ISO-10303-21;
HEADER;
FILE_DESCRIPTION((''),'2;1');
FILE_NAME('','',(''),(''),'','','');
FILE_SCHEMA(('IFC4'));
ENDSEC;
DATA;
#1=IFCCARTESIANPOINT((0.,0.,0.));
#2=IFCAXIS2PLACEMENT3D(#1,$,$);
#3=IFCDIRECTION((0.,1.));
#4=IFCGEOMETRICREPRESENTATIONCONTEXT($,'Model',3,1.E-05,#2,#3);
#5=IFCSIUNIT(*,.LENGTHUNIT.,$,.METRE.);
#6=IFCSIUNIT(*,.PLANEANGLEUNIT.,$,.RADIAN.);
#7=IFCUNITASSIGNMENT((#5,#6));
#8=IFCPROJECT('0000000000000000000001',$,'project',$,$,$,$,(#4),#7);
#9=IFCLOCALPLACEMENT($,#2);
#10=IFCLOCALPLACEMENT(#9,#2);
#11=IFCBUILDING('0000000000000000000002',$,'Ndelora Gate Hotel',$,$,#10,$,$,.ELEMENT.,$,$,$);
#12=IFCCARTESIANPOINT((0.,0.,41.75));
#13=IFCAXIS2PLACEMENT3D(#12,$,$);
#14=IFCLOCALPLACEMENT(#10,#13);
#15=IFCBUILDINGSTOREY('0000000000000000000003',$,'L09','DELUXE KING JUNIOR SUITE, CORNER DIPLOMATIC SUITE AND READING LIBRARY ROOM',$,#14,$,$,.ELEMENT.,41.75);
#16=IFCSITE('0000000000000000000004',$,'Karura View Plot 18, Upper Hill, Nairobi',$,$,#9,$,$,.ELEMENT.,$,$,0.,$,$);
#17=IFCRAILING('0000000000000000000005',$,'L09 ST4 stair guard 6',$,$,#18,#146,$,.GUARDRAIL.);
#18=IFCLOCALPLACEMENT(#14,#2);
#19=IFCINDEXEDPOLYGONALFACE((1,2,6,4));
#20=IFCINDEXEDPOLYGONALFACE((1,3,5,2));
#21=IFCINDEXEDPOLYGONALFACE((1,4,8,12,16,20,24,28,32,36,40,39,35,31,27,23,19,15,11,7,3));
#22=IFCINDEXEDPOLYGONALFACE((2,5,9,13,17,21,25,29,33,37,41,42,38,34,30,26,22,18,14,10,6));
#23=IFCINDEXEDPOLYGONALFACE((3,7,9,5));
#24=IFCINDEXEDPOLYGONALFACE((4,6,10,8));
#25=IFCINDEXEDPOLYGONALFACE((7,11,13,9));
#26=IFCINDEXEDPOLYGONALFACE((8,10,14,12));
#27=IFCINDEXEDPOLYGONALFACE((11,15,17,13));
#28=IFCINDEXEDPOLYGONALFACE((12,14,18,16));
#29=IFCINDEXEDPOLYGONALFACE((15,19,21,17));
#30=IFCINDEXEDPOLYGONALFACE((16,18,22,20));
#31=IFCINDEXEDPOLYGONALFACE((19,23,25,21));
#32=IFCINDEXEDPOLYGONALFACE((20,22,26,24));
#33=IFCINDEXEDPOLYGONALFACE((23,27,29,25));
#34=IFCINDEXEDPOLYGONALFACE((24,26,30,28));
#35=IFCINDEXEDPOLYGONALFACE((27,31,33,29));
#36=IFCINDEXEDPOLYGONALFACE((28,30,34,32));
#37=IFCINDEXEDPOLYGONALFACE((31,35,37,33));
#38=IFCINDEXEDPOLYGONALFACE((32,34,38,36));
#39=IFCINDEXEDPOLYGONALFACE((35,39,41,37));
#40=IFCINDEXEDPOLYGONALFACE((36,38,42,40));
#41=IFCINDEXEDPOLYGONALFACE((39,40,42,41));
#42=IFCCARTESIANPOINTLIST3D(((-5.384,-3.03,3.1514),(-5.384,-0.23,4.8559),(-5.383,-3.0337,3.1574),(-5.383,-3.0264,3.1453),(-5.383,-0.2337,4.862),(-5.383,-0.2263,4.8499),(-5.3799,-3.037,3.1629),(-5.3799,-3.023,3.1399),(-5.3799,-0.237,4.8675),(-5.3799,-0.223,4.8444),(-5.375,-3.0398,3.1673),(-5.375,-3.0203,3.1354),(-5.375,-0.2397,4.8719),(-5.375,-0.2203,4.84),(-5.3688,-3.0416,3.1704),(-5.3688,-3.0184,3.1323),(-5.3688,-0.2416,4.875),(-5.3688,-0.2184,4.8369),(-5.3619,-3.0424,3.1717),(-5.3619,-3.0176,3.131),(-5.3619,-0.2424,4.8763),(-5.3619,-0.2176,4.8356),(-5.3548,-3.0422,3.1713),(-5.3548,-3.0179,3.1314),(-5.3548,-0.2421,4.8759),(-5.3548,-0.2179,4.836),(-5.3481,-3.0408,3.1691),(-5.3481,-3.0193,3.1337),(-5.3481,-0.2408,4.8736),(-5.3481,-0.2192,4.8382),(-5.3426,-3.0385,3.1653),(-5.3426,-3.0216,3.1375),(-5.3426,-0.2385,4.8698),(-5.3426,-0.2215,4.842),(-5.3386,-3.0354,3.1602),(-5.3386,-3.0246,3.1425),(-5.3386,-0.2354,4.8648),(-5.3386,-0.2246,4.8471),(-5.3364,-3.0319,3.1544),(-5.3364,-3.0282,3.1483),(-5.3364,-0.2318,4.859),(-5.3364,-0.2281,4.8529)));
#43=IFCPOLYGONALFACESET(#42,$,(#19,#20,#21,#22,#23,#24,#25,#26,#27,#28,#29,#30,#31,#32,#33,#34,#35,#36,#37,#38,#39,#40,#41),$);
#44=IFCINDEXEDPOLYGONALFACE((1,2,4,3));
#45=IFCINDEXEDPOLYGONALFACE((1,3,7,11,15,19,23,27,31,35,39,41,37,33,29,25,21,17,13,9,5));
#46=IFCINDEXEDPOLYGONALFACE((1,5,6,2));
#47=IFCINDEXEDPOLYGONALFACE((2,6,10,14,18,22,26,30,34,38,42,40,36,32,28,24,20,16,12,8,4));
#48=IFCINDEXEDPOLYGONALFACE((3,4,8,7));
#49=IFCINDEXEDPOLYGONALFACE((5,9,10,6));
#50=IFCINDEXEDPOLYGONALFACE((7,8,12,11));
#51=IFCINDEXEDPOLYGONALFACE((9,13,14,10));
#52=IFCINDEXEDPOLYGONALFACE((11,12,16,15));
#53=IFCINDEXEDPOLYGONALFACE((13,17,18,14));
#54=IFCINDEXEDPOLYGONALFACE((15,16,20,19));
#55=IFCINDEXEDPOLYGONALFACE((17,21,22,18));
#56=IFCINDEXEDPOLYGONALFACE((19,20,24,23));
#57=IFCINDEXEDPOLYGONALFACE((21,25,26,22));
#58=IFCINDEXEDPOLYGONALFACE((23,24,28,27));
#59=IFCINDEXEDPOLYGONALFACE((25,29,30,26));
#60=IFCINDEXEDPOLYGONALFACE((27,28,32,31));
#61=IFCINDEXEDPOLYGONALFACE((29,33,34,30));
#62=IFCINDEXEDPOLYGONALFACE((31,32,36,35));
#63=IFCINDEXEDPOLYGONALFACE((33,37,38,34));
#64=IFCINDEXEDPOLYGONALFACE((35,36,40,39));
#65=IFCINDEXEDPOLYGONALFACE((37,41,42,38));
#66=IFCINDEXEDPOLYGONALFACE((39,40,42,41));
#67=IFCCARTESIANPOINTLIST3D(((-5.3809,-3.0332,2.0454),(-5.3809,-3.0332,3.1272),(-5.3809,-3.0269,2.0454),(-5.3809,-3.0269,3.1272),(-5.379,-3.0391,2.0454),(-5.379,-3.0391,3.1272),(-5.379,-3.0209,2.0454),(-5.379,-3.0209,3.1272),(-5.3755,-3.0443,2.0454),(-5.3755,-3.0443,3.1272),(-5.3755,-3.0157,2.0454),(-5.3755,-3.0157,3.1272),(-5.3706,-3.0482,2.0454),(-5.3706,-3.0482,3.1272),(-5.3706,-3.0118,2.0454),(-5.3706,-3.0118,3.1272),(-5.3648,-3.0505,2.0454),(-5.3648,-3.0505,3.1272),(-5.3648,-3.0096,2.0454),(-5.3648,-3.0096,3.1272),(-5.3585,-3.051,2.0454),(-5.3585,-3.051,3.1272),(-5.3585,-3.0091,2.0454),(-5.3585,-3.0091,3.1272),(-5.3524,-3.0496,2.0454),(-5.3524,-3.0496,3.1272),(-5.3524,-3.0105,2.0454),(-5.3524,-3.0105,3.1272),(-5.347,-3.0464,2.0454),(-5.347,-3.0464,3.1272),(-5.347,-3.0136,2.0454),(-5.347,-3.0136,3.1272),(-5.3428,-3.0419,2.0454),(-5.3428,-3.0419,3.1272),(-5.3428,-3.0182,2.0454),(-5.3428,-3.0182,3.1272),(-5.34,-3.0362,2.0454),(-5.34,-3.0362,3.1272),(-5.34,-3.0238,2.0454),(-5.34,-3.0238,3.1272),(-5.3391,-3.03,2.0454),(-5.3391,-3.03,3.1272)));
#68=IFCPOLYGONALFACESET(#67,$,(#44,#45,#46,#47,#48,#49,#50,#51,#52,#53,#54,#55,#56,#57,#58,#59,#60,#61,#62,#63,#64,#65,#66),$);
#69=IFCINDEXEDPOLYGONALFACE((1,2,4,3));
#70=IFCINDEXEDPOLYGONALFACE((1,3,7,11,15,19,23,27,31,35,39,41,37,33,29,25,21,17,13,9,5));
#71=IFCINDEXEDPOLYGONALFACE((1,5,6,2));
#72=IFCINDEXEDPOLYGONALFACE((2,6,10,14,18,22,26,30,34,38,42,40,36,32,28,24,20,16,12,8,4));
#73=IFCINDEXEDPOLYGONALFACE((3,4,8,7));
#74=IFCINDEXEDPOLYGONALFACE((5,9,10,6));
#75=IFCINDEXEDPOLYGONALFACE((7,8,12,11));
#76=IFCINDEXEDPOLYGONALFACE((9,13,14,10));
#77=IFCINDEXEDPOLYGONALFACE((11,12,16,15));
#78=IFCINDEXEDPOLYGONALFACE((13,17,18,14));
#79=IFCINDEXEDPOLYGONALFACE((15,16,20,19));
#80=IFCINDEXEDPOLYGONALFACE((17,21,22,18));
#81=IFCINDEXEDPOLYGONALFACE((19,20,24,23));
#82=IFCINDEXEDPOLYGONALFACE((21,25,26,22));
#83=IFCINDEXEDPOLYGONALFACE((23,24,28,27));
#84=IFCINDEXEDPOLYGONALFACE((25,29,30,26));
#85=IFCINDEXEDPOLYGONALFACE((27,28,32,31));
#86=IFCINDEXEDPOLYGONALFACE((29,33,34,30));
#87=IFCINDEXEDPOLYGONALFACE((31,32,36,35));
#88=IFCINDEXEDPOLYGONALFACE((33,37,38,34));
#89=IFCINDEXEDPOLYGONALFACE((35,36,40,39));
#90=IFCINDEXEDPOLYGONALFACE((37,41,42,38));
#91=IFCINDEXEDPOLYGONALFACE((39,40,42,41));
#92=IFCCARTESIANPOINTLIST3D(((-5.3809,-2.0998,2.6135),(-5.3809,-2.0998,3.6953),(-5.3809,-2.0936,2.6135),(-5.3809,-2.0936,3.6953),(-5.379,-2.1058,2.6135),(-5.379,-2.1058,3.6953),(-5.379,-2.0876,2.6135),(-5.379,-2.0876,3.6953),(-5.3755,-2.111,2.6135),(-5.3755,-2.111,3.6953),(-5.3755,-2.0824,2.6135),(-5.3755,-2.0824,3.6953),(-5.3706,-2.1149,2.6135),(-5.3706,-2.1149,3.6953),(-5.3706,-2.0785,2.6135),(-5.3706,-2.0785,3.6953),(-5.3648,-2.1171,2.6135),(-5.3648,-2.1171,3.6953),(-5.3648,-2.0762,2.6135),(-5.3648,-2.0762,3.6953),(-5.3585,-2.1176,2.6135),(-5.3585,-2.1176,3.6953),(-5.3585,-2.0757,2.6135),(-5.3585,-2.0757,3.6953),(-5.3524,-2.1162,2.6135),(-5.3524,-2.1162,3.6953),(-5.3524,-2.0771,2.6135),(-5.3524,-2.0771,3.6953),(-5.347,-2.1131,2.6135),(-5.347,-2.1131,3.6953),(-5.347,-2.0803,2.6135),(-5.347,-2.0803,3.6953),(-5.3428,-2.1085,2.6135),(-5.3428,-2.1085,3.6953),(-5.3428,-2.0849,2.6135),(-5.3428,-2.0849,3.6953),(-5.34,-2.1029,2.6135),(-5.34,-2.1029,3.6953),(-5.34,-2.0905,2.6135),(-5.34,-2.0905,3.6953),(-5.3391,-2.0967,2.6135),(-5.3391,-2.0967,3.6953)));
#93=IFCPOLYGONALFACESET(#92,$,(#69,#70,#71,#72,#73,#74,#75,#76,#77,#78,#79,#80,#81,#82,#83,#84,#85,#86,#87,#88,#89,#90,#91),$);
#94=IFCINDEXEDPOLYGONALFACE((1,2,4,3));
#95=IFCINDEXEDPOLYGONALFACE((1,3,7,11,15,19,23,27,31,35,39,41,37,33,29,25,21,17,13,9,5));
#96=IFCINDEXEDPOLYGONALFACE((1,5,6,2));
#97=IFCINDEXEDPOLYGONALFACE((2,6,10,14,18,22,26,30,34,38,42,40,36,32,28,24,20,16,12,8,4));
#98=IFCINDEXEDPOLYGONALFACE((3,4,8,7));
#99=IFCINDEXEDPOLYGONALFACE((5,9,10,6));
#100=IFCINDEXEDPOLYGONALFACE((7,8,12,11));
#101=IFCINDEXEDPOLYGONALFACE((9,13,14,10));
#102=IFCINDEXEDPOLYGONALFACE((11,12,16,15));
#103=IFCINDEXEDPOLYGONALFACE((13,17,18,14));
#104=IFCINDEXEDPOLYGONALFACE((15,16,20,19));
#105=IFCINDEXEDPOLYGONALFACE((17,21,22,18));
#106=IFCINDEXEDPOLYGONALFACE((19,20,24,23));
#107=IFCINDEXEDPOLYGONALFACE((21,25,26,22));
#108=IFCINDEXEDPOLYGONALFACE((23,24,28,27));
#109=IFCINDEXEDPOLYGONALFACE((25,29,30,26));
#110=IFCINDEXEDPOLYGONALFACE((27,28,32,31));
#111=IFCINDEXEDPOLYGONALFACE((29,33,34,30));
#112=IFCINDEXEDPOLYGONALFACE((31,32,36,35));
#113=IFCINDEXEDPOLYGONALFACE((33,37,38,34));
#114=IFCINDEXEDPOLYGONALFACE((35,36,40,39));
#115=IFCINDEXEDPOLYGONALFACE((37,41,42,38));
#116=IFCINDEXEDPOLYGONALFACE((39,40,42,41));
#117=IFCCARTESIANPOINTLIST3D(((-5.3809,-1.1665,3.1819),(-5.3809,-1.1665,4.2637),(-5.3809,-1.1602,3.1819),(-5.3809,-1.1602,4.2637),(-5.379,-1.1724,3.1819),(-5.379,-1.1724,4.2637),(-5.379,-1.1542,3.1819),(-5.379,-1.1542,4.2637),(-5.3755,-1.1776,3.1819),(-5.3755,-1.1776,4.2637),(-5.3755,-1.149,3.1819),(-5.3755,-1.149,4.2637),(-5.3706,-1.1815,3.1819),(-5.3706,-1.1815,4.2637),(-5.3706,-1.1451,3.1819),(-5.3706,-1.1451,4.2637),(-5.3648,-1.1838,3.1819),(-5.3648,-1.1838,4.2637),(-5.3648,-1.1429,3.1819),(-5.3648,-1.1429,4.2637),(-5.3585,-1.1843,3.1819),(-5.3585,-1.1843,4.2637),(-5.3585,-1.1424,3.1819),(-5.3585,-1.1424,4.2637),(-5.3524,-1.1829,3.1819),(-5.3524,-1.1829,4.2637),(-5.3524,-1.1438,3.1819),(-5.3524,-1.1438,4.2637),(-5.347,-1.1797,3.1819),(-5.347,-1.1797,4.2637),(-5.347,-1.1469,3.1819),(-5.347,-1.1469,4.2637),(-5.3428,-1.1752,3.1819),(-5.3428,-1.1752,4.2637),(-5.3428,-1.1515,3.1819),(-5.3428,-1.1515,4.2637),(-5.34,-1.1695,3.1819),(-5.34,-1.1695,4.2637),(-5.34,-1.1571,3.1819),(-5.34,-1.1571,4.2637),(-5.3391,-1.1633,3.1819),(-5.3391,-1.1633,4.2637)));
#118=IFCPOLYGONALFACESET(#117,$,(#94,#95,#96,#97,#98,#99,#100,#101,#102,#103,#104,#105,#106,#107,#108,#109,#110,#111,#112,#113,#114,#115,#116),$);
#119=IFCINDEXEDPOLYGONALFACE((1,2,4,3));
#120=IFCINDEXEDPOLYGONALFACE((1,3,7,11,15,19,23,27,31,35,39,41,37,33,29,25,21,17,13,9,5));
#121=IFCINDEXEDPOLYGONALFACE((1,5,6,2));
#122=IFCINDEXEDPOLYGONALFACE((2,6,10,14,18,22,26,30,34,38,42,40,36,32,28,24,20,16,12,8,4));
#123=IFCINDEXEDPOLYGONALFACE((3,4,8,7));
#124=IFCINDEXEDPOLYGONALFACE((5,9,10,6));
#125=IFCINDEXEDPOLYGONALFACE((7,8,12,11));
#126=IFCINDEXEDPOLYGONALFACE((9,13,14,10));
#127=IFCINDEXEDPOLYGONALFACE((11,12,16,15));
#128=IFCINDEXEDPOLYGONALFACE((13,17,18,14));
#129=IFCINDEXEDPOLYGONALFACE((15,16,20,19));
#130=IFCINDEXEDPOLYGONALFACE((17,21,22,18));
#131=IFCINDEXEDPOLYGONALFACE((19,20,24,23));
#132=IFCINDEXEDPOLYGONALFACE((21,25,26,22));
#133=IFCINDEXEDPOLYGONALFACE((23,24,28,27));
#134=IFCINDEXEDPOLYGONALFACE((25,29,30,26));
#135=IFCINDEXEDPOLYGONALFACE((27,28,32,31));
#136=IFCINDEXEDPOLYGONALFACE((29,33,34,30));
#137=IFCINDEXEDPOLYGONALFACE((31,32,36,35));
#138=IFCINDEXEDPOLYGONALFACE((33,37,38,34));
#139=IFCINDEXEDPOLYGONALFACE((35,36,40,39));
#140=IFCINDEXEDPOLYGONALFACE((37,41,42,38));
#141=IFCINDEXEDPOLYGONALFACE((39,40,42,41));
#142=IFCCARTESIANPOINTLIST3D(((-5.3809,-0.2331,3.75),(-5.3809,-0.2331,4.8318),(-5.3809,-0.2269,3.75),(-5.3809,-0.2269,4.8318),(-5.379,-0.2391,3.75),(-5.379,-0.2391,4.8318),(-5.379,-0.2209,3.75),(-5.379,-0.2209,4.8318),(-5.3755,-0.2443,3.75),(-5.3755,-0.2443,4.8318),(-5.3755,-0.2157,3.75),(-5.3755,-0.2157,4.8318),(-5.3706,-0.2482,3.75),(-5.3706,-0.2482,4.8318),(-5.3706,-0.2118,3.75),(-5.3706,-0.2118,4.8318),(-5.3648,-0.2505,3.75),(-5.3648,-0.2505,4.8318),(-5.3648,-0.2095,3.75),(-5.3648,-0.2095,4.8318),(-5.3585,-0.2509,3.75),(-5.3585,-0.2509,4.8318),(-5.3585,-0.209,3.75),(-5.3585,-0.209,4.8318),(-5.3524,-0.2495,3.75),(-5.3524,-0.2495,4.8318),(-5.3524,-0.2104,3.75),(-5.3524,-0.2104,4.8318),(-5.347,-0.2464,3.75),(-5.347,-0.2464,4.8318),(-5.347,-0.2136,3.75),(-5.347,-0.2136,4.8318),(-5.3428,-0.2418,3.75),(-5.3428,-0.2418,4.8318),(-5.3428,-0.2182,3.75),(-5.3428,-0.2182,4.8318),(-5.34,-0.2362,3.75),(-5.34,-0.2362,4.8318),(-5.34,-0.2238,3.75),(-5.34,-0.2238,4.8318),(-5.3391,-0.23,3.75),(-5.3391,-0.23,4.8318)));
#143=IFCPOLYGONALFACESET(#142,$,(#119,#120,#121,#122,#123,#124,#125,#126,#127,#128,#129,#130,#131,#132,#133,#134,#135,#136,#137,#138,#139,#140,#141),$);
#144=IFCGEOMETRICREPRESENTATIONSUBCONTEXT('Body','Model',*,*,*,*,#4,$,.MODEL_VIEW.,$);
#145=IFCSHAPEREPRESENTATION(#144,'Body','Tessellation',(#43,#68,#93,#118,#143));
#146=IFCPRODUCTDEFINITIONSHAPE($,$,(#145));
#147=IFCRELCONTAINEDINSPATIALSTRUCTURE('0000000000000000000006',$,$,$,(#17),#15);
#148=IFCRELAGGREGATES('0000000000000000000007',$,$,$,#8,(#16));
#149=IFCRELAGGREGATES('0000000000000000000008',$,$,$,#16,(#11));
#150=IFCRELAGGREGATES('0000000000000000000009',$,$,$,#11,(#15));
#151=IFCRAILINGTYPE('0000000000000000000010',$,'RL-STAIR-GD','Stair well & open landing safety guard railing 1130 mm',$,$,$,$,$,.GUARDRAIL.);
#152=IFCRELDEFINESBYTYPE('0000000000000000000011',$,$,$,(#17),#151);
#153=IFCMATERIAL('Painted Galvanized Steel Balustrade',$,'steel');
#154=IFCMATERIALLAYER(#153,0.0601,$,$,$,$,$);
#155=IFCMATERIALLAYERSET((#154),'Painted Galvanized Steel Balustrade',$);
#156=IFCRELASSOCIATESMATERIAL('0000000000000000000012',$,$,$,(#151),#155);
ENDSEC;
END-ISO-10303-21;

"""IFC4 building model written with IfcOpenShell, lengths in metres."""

from ifc_helpers import new_model, si_unit, direction, frame, origin, origin_2d, place, context, subcontext, project, spatial, circle, extrude, material, layer, layer_set, type_object, element, save


model = new_model("IFC4")

# Units and contexts
model_context = context("Model", 3, precision=1e-05, world=origin(), true_north=direction((0.0, 1.0)))
body_context = subcontext(model_context, "Body", "Model", "MODEL_VIEW")
ifc_project = project(units=[si_unit("LENGTHUNIT", "METRE"), si_unit("PLANEANGLEUNIT", "RADIAN")], contexts=[model_context])

# Site, building, storey
site_placement = place(None, origin())
site = spatial("IfcSite", under=ifc_project, at=site_placement, Name="Karura View Plot 18, Upper Hill, Nairobi", CompositionType="ELEMENT", RefElevation=0.0)
building_placement = place(site_placement, origin())
building = spatial("IfcBuilding", under=site, at=building_placement, Name="Ndelora Gate Hotel", CompositionType="ELEMENT")
storey_placement = place(building_placement, frame((0.0, 0.0, 41.75)))
storey = spatial("IfcBuildingStorey", under=building, at=storey_placement, Name="L09", Description="DELUXE KING JUNIOR SUITE, CORNER DIPLOMATIC SUITE AND READING LIBRARY ROOM", CompositionType="ELEMENT", Elevation=41.75)

# Railing
ifc_material_1 = material(Name="Painted Galvanized Steel Balustrade", Category="steel")
ifc_layer_1 = layer(ifc_material_1, 0.0601)
ifc_layer_set_1 = layer_set([ifc_layer_1], Name="Painted Galvanized Steel Balustrade")
railing_type = type_object("IfcRailingType", Name="RL-STAIR-GD", Description="Stair well & open landing safety guard railing 1130 mm", PredefinedType="GUARDRAIL", material=ifc_layer_set_1)
railing_1_placement = place(storey_placement, frame((-5.3601, -3.03, 2.0454)))
element("IfcRailing", 1, at=railing_1_placement, inside=storey, type_object=railing_type, Name="L09 ST4 stair guard 6", PredefinedType="GUARDRAIL", context=body_context, shape_type="SweptSolid", body=[
    extrude(circle(Radius=0.0239, at=origin_2d()), frame((0.0, 0.0, 1.106), z_axis=(0.0, 0.85417, 0.519994), x_axis=(-1.0, 0.0, 0.0)), (0.0, 0.0, 1.0), 3.2781),
    extrude(circle(Radius=0.021, at=origin_2d()), origin(), (0.0, 0.0, 1.0), 1.0818),
    extrude(circle(Radius=0.021, at=origin_2d()), frame((0.0, 0.9333, 0.5681)), (0.0, 0.0, 1.0), 1.0818),
    extrude(circle(Radius=0.021, at=origin_2d()), frame((0.0, 1.8667, 1.1365)), (0.0, 0.0, 1.0), 1.0818),
    extrude(circle(Radius=0.021, at=origin_2d()), frame((0.0, 2.8, 1.7046)), (0.0, 0.0, 1.0), 1.0818),
])

save(model, "model.ifc")
